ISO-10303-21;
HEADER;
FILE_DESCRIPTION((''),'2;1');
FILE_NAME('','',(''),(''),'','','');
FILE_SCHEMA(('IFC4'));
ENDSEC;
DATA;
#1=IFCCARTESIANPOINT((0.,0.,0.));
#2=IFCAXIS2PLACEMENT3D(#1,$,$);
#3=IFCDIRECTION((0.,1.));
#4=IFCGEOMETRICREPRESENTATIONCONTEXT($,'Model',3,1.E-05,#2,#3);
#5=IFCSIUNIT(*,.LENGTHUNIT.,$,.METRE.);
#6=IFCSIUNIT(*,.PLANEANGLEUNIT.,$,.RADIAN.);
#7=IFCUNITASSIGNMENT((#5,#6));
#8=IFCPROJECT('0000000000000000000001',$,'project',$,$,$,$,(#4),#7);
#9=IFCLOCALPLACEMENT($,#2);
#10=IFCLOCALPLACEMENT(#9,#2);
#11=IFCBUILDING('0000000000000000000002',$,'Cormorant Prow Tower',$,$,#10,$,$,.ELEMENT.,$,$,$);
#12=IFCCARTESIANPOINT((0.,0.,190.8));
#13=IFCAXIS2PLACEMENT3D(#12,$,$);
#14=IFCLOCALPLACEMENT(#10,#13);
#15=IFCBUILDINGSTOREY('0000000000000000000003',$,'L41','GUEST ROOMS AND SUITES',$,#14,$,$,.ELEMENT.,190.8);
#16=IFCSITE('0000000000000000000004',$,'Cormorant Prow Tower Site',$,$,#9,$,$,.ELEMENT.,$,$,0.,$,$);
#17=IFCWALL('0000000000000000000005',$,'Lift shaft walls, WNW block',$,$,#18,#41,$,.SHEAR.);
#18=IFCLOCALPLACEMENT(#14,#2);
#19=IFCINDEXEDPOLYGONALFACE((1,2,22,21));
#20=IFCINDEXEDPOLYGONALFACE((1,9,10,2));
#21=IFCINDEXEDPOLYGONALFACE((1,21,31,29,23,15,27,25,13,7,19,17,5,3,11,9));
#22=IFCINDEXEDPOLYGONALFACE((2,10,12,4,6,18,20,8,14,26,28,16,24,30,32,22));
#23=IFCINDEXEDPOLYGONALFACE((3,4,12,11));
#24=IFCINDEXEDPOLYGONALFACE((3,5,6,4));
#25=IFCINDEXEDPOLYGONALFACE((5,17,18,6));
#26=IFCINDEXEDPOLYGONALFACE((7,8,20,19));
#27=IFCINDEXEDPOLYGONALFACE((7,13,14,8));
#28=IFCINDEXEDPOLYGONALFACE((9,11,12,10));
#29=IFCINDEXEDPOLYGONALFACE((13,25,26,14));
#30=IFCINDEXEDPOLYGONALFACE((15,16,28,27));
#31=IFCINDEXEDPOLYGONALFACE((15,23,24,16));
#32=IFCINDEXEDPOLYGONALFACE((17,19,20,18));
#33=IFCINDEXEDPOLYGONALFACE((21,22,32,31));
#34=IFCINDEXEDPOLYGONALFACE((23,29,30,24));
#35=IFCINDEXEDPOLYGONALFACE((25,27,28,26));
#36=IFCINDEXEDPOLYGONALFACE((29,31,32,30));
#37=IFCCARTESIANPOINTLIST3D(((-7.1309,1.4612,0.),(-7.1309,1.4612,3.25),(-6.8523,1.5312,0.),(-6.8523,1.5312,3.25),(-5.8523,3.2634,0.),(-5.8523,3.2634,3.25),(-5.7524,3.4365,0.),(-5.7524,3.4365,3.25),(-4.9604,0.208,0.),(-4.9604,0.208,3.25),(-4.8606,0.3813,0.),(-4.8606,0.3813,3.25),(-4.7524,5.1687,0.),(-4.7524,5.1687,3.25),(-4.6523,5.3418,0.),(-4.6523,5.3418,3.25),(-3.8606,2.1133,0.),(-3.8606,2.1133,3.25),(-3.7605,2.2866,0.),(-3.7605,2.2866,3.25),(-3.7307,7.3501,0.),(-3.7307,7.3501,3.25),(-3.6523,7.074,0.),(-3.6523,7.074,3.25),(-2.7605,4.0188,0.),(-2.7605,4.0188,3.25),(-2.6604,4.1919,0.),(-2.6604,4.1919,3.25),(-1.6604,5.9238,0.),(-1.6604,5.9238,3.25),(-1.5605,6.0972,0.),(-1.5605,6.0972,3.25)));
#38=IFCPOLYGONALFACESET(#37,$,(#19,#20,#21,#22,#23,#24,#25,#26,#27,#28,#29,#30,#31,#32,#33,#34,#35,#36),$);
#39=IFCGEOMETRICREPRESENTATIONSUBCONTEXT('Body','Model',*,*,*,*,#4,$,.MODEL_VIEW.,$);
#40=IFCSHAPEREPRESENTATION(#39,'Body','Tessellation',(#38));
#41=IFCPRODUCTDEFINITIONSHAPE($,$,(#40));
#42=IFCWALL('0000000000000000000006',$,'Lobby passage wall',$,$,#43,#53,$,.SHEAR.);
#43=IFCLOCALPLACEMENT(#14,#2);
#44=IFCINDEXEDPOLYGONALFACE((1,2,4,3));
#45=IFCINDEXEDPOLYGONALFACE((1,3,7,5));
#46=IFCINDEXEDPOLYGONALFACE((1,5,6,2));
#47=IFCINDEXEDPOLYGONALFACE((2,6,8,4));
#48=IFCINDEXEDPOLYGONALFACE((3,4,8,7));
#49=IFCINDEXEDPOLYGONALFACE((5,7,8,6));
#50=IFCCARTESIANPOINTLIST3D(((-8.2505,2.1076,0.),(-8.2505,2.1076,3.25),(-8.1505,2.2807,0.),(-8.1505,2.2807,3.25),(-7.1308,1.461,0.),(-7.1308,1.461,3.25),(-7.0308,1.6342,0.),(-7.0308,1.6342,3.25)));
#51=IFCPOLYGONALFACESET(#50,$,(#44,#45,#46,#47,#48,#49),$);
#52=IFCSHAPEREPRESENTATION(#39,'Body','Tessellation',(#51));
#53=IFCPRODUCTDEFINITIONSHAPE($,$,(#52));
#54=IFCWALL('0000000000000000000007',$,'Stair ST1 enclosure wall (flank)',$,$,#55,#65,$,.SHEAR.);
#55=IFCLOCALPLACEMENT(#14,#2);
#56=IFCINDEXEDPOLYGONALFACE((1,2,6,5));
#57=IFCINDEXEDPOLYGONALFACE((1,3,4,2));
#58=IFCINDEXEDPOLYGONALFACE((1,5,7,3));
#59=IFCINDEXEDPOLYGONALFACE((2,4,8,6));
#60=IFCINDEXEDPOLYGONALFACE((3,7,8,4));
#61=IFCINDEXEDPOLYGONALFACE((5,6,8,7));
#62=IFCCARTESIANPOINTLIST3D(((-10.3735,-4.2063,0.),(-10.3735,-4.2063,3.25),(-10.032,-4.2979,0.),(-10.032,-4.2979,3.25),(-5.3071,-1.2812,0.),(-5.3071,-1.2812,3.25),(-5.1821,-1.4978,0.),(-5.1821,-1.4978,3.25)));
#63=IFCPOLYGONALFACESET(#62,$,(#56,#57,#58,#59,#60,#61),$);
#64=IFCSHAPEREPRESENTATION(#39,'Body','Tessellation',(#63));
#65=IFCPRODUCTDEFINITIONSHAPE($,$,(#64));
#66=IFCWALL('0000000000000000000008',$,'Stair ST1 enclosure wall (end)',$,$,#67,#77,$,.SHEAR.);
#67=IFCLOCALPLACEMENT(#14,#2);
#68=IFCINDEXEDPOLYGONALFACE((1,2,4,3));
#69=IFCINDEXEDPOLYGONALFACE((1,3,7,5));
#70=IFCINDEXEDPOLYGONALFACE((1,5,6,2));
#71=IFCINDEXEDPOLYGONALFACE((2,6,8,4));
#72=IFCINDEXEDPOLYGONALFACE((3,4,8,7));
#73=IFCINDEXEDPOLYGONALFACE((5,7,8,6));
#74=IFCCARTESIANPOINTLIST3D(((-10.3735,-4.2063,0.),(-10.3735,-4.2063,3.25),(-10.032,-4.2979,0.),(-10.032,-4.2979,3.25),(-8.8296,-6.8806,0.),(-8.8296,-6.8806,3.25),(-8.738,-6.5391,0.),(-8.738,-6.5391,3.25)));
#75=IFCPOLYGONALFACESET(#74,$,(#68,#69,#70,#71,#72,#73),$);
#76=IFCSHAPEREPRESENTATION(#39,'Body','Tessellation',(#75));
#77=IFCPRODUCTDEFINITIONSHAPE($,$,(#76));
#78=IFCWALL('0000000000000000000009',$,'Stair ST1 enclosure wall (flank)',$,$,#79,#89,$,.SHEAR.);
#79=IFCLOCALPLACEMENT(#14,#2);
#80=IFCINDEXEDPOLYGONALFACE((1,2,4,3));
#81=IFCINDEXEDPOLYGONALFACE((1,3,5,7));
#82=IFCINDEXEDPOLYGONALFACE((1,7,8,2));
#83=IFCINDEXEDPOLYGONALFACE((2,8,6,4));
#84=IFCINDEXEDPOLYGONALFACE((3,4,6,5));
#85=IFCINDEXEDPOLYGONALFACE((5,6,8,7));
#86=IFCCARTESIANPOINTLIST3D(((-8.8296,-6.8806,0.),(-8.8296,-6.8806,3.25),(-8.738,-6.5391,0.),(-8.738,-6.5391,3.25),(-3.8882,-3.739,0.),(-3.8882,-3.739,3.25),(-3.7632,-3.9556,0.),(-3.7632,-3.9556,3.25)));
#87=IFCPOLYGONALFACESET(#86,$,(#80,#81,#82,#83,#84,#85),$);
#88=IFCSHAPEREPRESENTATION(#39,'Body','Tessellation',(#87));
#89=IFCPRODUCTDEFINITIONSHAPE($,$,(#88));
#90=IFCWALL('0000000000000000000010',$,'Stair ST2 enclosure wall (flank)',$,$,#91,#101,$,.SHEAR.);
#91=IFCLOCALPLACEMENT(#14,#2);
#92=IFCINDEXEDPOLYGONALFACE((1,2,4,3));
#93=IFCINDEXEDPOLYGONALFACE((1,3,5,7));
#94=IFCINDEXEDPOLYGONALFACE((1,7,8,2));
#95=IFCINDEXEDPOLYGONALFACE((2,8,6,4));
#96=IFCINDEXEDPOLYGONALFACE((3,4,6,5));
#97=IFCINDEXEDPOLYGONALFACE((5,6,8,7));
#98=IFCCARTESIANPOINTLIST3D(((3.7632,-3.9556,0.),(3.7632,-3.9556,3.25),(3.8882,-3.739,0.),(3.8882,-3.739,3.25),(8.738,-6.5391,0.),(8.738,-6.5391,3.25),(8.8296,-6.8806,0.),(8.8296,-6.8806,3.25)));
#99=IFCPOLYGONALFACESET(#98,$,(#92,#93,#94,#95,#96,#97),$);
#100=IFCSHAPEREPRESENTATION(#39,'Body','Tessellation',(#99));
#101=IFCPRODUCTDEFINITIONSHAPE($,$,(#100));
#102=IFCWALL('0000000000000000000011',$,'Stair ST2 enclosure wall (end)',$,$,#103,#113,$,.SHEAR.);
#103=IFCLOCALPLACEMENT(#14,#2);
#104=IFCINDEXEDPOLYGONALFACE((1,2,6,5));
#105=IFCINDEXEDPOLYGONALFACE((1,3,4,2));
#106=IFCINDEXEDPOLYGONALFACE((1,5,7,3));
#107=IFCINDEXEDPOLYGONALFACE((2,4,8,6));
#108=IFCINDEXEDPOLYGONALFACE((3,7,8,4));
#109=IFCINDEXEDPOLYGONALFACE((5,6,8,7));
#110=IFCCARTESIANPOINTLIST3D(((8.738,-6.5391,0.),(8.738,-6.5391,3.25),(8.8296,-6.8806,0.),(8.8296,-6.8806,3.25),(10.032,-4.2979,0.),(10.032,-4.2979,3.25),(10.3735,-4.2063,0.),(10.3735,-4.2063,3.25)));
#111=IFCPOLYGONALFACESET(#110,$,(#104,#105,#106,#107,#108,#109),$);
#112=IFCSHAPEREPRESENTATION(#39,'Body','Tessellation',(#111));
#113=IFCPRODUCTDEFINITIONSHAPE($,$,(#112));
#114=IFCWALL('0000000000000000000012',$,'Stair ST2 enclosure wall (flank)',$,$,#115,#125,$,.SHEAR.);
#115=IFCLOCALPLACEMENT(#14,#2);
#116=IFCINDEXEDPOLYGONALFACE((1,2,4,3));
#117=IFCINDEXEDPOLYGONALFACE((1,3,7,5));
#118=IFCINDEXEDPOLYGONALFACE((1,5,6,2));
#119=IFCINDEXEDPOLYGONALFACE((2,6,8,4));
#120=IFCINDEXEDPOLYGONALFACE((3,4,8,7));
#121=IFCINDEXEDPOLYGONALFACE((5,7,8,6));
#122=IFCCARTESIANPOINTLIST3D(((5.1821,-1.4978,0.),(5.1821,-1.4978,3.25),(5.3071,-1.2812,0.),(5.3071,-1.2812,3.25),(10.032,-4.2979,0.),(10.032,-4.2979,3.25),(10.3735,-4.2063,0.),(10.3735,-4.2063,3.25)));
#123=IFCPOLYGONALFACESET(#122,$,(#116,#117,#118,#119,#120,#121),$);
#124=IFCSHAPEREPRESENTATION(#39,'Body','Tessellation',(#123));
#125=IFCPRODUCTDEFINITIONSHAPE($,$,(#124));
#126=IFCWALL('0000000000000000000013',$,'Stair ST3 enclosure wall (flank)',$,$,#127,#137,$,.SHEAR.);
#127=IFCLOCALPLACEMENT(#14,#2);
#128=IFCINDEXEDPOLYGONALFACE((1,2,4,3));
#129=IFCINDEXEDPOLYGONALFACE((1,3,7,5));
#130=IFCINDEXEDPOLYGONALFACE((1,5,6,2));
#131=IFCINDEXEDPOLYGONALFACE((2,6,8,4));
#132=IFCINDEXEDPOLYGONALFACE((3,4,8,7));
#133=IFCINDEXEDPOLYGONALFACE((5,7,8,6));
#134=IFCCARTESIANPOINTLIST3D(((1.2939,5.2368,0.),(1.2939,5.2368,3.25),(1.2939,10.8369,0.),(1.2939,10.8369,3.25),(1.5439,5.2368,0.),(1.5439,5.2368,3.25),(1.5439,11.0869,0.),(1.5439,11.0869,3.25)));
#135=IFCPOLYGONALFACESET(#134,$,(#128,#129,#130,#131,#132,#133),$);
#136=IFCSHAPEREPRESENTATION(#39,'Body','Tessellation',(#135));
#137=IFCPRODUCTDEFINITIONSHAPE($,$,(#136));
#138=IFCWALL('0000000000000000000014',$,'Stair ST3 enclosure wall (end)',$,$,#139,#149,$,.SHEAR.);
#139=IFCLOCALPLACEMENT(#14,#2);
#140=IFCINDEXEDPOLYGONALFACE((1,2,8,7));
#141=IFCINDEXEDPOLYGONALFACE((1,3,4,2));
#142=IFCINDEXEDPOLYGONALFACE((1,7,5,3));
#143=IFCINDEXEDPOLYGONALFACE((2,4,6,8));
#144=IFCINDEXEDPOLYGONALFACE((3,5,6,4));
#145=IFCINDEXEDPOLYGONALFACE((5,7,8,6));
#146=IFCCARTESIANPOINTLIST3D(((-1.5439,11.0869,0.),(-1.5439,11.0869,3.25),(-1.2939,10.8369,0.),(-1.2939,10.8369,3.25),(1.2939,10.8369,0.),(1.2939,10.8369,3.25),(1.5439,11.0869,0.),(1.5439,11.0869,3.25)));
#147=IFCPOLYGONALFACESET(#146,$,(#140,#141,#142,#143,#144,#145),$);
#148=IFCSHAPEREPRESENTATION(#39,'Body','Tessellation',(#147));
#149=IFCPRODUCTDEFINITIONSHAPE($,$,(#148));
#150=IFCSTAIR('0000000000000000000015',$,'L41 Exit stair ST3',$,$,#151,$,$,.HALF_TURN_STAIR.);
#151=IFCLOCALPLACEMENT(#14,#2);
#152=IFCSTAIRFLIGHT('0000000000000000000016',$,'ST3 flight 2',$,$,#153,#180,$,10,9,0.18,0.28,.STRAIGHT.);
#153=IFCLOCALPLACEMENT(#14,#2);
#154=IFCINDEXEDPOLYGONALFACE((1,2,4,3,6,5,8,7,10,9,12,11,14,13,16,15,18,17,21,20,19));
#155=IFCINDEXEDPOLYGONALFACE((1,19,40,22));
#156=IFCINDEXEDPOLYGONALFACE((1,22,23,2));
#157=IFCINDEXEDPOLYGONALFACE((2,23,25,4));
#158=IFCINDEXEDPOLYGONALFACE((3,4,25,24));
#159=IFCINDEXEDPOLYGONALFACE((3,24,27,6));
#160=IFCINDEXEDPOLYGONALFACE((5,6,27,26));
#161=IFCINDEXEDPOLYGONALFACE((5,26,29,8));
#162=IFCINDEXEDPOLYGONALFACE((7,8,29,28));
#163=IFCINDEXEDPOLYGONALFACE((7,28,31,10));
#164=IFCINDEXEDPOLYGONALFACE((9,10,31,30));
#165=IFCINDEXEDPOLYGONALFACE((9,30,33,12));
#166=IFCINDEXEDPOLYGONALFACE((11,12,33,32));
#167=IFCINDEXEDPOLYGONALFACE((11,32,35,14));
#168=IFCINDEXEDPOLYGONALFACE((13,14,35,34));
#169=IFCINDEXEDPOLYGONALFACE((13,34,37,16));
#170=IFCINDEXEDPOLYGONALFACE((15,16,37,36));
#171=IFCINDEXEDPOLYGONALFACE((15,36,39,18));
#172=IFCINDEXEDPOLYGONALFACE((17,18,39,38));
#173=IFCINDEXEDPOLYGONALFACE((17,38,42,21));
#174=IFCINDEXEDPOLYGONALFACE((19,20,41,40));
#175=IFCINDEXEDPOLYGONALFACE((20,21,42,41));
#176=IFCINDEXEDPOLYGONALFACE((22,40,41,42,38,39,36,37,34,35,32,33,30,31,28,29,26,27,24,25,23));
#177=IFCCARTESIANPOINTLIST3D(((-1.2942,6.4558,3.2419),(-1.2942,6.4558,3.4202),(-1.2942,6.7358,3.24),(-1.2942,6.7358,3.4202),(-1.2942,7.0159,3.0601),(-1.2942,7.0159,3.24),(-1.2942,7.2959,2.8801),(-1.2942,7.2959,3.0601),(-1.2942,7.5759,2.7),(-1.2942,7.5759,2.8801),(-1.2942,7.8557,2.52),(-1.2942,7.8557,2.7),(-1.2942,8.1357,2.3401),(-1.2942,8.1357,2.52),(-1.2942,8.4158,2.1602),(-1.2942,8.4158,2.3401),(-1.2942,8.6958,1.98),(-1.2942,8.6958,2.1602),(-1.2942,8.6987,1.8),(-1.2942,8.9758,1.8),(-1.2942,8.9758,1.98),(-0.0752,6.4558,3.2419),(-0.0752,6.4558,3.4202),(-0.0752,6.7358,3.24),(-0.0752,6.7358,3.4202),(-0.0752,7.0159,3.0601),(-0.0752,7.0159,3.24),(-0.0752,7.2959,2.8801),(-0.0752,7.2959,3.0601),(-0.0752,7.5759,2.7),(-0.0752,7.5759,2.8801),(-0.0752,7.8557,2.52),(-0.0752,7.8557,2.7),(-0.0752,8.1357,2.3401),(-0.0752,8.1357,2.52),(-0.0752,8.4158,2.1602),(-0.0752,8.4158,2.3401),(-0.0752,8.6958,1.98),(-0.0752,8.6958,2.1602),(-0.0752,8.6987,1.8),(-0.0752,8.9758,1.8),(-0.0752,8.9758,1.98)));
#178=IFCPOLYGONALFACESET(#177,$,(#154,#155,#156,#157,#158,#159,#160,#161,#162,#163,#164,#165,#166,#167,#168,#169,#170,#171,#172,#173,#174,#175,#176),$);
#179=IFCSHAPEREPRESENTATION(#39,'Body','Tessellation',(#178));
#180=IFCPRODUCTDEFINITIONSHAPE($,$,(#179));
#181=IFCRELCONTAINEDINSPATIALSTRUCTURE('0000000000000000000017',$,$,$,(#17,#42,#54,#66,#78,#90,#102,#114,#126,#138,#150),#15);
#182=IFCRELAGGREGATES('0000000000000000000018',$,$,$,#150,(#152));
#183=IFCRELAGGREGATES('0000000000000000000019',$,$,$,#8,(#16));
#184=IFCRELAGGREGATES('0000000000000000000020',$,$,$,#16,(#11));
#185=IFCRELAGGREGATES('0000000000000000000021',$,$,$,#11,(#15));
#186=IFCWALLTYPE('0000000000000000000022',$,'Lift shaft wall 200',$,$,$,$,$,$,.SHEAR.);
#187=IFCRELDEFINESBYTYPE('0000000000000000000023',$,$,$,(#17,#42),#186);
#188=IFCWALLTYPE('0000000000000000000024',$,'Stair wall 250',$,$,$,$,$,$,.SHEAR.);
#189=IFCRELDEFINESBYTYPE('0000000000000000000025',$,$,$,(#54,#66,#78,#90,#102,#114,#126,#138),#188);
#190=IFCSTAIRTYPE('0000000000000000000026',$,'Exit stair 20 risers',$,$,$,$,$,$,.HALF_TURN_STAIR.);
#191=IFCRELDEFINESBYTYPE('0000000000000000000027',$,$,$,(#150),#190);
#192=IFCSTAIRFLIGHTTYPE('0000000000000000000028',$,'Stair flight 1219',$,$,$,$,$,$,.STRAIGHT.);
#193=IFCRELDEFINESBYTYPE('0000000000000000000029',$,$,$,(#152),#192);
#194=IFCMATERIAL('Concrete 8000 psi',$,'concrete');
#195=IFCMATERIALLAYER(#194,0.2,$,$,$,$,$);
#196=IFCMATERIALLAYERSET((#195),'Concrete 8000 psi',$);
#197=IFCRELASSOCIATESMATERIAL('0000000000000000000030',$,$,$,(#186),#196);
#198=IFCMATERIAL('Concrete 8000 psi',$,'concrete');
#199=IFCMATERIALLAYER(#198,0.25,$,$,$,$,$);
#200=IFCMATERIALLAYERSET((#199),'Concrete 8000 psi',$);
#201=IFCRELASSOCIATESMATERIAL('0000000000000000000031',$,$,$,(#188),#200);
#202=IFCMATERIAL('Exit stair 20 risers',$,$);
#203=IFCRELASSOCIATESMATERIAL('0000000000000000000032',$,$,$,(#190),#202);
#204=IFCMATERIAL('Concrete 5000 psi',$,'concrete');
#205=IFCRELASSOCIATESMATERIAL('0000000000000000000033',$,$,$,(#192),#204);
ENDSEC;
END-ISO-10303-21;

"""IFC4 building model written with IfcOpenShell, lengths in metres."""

from ifc_helpers import new_model, si_unit, direction, frame, frame_2d, origin, place, context, subcontext, project, spatial, polyline, rectangle, outline, extrude, material, layer, layer_set, type_object, element, aggregate, save


model = new_model("IFC4")

# Units and contexts
model_context = context("Model", 3, precision=1e-05, world=origin(), true_north=direction((0.0, 1.0)))
body_context = subcontext(model_context, "Body", "Model", "MODEL_VIEW")
ifc_project = project(units=[si_unit("LENGTHUNIT", "METRE"), si_unit("PLANEANGLEUNIT", "RADIAN")], contexts=[model_context])

# Site, building, storey
site_placement = place(None, origin())
site = spatial("IfcSite", under=ifc_project, at=site_placement, Name="Cormorant Prow Tower Site", CompositionType="ELEMENT", RefElevation=0.0)
building_placement = place(site_placement, origin())
building = spatial("IfcBuilding", under=site, at=building_placement, Name="Cormorant Prow Tower", CompositionType="ELEMENT")
storey_placement = place(building_placement, frame((0.0, 0.0, 190.8)))
storey = spatial("IfcBuildingStorey", under=building, at=storey_placement, Name="L41", Description="GUEST ROOMS AND SUITES", CompositionType="ELEMENT", Elevation=190.8)

# Walls
ifc_material_1 = material(Name="Concrete 8000 psi", Category="concrete")
ifc_layer_1 = layer(ifc_material_1, 0.2)
ifc_layer_set_1 = layer_set([ifc_layer_1], Name="Concrete 8000 psi")
wall_type_1 = type_object("IfcWallType", Name="Lift shaft wall 200", PredefinedType="SHEAR", material=ifc_layer_set_1)
wall_1_placement = place(storey_placement, origin())
element("IfcWall", 1, at=wall_1_placement, inside=storey, type_object=wall_type_1, Name="Lift shaft walls, WNW block", PredefinedType="SHEAR", context=body_context, shape_type="SweptSolid", body=[
    extrude(outline(polyline([(-4.9604, 0.208), (-7.1309, 1.4612), (-3.7307, 7.3501), (-1.5605, 6.0972), (-1.6604, 5.9238), (-3.6523, 7.074), (-4.6523, 5.3418), (-2.6604, 4.1919), (-2.7605, 4.0188), (-4.7524, 5.1687), (-5.7524, 3.4365), (-3.7605, 2.2866), (-3.8606, 2.1133), (-5.8523, 3.2634), (-6.8523, 1.5312), (-4.8606, 0.3813), (-4.9604, 0.208)])), origin(), (0.0, 0.0, 1.0), 3.25),
])
wall_2_placement = place(storey_placement, frame((-7.0808, 1.5476, 0.0), z_axis=(0.0, 0.0, 1.0), x_axis=(-0.866003, 0.500038, 0.0)))
element("IfcWall", 2, at=wall_2_placement, inside=storey, type_object=wall_type_1, Name="Lobby passage wall", PredefinedType="SHEAR", context=body_context, shape_type="SweptSolid", body=[
    extrude(rectangle(XDim=1.293, YDim=0.2, at=frame_2d((0.6465, 0.0))), origin(), (0.0, 0.0, 1.0), 3.25),
])
ifc_material_2 = material(Name="Concrete 8000 psi", Category="concrete")
ifc_layer_2 = layer(ifc_material_2, 0.25)
ifc_layer_set_2 = layer_set([ifc_layer_2], Name="Concrete 8000 psi")
wall_type_2 = type_object("IfcWallType", Name="Stair wall 250", PredefinedType="SHEAR", material=ifc_layer_set_2)
wall_3_placement = place(storey_placement, origin())
element("IfcWall", 3, at=wall_3_placement, inside=storey, type_object=wall_type_2, Name="Stair ST1 enclosure wall (flank)", PredefinedType="SHEAR", context=body_context, shape_type="SweptSolid", body=[
    extrude(outline(polyline([(-5.3071, -1.2812), (-10.3735, -4.2063), (-10.032, -4.2979), (-5.1821, -1.4978), (-5.3071, -1.2812)])), origin(), (0.0, 0.0, 1.0), 3.25),
])
wall_4_placement = place(storey_placement, origin())
element("IfcWall", 4, at=wall_4_placement, inside=storey, type_object=wall_type_2, Name="Stair ST1 enclosure wall (end)", PredefinedType="SHEAR", context=body_context, shape_type="SweptSolid", body=[
    extrude(outline(polyline([(-10.3735, -4.2063), (-8.8296, -6.8806), (-8.738, -6.5391), (-10.032, -4.2979), (-10.3735, -4.2063)])), origin(), (0.0, 0.0, 1.0), 3.25),
])
wall_5_placement = place(storey_placement, origin())
element("IfcWall", 5, at=wall_5_placement, inside=storey, type_object=wall_type_2, Name="Stair ST1 enclosure wall (flank)", PredefinedType="SHEAR", context=body_context, shape_type="SweptSolid", body=[
    extrude(outline(polyline([(-8.738, -6.5391), (-8.8296, -6.8806), (-3.7632, -3.9556), (-3.8882, -3.739), (-8.738, -6.5391)])), origin(), (0.0, 0.0, 1.0), 3.25),
])
wall_6_placement = place(storey_placement, origin())
element("IfcWall", 6, at=wall_6_placement, inside=storey, type_object=wall_type_2, Name="Stair ST2 enclosure wall (flank)", PredefinedType="SHEAR", context=body_context, shape_type="SweptSolid", body=[
    extrude(outline(polyline([(3.7632, -3.9556), (8.8296, -6.8806), (8.738, -6.5391), (3.8882, -3.739), (3.7632, -3.9556)])), origin(), (0.0, 0.0, 1.0), 3.25),
])
wall_7_placement = place(storey_placement, origin())
element("IfcWall", 7, at=wall_7_placement, inside=storey, type_object=wall_type_2, Name="Stair ST2 enclosure wall (end)", PredefinedType="SHEAR", context=body_context, shape_type="SweptSolid", body=[
    extrude(outline(polyline([(8.8296, -6.8806), (10.3735, -4.2063), (10.032, -4.2979), (8.738, -6.5391), (8.8296, -6.8806)])), origin(), (0.0, 0.0, 1.0), 3.25),
])
wall_8_placement = place(storey_placement, origin())
element("IfcWall", 8, at=wall_8_placement, inside=storey, type_object=wall_type_2, Name="Stair ST2 enclosure wall (flank)", PredefinedType="SHEAR", context=body_context, shape_type="SweptSolid", body=[
    extrude(outline(polyline([(10.032, -4.2979), (10.3735, -4.2063), (5.3071, -1.2812), (5.1821, -1.4978), (10.032, -4.2979)])), origin(), (0.0, 0.0, 1.0), 3.25),
])
wall_9_placement = place(storey_placement, origin())
element("IfcWall", 9, at=wall_9_placement, inside=storey, type_object=wall_type_2, Name="Stair ST3 enclosure wall (flank)", PredefinedType="SHEAR", context=body_context, shape_type="SweptSolid", body=[
    extrude(outline(polyline([(1.5439, 5.2368), (1.5439, 11.0869), (1.2939, 10.8369), (1.2939, 5.2368), (1.5439, 5.2368)])), origin(), (0.0, 0.0, 1.0), 3.25),
])
wall_10_placement = place(storey_placement, origin())
element("IfcWall", 10, at=wall_10_placement, inside=storey, type_object=wall_type_2, Name="Stair ST3 enclosure wall (end)", PredefinedType="SHEAR", context=body_context, shape_type="SweptSolid", body=[
    extrude(outline(polyline([(1.5439, 11.0869), (-1.5439, 11.0869), (-1.2939, 10.8369), (1.2939, 10.8369), (1.5439, 11.0869)])), origin(), (0.0, 0.0, 1.0), 3.25),
])

# Stair, stair flight
ifc_material_3 = material(Name="Exit stair 20 risers")
stair_type = type_object("IfcStairType", Name="Exit stair 20 risers", PredefinedType="HALF_TURN_STAIR", material=ifc_material_3)
stair_placement = place(storey_placement, origin())
stair = element("IfcStair", 11, at=stair_placement, inside=storey, type_object=stair_type, Name="L41 Exit stair ST3", PredefinedType="HALF_TURN_STAIR")
ifc_material_4 = material(Name="Concrete 5000 psi", Category="concrete")
stair_flight_type = type_object("IfcStairFlightType", Name="Stair flight 1219", PredefinedType="STRAIGHT", material=ifc_material_4)
stair_flight_placement = place(storey_placement, frame((-0.6846, 8.9758, 1.8), z_axis=(0.0, 0.0, 1.0), x_axis=(0.0, -1.0, 0.0)))
stair_flight = element("IfcStairFlight", 12, at=stair_flight_placement, type_object=stair_flight_type, Name="ST3 flight 2", NumberOfRisers=10, NumberOfTreads=9, PredefinedType="STRAIGHT", RiserHeight=0.18, TreadLength=0.28, context=body_context, shape_type="SweptSolid", body=[
    extrude(outline(polyline([(0.0, 0.0), (0.0, 0.1799), (0.28, 0.1799), (0.28, 0.3601), (0.5601, 0.3601), (0.5601, 0.54), (0.8401, 0.54), (0.8401, 0.72), (1.1201, 0.72), (1.1201, 0.8999), (1.3999, 0.8999), (1.3999, 1.0801), (1.6799, 1.0801), (1.6799, 1.26), (1.96, 1.26), (1.96, 1.4399), (2.24, 1.4399), (2.24, 1.6201), (2.52, 1.6201), (2.52, 1.8), (2.52, 1.4419), (0.2771, 0.0), (0.0, 0.0)])), frame((0.0, 0.6094, 0.0), z_axis=(0.0, -1.0, 0.0), x_axis=(1.0, 0.0, 0.0)), (0.0, 0.0, 1.0), 1.219),
])
aggregate(stair, [stair_flight])

save(model, "model.ifc")
